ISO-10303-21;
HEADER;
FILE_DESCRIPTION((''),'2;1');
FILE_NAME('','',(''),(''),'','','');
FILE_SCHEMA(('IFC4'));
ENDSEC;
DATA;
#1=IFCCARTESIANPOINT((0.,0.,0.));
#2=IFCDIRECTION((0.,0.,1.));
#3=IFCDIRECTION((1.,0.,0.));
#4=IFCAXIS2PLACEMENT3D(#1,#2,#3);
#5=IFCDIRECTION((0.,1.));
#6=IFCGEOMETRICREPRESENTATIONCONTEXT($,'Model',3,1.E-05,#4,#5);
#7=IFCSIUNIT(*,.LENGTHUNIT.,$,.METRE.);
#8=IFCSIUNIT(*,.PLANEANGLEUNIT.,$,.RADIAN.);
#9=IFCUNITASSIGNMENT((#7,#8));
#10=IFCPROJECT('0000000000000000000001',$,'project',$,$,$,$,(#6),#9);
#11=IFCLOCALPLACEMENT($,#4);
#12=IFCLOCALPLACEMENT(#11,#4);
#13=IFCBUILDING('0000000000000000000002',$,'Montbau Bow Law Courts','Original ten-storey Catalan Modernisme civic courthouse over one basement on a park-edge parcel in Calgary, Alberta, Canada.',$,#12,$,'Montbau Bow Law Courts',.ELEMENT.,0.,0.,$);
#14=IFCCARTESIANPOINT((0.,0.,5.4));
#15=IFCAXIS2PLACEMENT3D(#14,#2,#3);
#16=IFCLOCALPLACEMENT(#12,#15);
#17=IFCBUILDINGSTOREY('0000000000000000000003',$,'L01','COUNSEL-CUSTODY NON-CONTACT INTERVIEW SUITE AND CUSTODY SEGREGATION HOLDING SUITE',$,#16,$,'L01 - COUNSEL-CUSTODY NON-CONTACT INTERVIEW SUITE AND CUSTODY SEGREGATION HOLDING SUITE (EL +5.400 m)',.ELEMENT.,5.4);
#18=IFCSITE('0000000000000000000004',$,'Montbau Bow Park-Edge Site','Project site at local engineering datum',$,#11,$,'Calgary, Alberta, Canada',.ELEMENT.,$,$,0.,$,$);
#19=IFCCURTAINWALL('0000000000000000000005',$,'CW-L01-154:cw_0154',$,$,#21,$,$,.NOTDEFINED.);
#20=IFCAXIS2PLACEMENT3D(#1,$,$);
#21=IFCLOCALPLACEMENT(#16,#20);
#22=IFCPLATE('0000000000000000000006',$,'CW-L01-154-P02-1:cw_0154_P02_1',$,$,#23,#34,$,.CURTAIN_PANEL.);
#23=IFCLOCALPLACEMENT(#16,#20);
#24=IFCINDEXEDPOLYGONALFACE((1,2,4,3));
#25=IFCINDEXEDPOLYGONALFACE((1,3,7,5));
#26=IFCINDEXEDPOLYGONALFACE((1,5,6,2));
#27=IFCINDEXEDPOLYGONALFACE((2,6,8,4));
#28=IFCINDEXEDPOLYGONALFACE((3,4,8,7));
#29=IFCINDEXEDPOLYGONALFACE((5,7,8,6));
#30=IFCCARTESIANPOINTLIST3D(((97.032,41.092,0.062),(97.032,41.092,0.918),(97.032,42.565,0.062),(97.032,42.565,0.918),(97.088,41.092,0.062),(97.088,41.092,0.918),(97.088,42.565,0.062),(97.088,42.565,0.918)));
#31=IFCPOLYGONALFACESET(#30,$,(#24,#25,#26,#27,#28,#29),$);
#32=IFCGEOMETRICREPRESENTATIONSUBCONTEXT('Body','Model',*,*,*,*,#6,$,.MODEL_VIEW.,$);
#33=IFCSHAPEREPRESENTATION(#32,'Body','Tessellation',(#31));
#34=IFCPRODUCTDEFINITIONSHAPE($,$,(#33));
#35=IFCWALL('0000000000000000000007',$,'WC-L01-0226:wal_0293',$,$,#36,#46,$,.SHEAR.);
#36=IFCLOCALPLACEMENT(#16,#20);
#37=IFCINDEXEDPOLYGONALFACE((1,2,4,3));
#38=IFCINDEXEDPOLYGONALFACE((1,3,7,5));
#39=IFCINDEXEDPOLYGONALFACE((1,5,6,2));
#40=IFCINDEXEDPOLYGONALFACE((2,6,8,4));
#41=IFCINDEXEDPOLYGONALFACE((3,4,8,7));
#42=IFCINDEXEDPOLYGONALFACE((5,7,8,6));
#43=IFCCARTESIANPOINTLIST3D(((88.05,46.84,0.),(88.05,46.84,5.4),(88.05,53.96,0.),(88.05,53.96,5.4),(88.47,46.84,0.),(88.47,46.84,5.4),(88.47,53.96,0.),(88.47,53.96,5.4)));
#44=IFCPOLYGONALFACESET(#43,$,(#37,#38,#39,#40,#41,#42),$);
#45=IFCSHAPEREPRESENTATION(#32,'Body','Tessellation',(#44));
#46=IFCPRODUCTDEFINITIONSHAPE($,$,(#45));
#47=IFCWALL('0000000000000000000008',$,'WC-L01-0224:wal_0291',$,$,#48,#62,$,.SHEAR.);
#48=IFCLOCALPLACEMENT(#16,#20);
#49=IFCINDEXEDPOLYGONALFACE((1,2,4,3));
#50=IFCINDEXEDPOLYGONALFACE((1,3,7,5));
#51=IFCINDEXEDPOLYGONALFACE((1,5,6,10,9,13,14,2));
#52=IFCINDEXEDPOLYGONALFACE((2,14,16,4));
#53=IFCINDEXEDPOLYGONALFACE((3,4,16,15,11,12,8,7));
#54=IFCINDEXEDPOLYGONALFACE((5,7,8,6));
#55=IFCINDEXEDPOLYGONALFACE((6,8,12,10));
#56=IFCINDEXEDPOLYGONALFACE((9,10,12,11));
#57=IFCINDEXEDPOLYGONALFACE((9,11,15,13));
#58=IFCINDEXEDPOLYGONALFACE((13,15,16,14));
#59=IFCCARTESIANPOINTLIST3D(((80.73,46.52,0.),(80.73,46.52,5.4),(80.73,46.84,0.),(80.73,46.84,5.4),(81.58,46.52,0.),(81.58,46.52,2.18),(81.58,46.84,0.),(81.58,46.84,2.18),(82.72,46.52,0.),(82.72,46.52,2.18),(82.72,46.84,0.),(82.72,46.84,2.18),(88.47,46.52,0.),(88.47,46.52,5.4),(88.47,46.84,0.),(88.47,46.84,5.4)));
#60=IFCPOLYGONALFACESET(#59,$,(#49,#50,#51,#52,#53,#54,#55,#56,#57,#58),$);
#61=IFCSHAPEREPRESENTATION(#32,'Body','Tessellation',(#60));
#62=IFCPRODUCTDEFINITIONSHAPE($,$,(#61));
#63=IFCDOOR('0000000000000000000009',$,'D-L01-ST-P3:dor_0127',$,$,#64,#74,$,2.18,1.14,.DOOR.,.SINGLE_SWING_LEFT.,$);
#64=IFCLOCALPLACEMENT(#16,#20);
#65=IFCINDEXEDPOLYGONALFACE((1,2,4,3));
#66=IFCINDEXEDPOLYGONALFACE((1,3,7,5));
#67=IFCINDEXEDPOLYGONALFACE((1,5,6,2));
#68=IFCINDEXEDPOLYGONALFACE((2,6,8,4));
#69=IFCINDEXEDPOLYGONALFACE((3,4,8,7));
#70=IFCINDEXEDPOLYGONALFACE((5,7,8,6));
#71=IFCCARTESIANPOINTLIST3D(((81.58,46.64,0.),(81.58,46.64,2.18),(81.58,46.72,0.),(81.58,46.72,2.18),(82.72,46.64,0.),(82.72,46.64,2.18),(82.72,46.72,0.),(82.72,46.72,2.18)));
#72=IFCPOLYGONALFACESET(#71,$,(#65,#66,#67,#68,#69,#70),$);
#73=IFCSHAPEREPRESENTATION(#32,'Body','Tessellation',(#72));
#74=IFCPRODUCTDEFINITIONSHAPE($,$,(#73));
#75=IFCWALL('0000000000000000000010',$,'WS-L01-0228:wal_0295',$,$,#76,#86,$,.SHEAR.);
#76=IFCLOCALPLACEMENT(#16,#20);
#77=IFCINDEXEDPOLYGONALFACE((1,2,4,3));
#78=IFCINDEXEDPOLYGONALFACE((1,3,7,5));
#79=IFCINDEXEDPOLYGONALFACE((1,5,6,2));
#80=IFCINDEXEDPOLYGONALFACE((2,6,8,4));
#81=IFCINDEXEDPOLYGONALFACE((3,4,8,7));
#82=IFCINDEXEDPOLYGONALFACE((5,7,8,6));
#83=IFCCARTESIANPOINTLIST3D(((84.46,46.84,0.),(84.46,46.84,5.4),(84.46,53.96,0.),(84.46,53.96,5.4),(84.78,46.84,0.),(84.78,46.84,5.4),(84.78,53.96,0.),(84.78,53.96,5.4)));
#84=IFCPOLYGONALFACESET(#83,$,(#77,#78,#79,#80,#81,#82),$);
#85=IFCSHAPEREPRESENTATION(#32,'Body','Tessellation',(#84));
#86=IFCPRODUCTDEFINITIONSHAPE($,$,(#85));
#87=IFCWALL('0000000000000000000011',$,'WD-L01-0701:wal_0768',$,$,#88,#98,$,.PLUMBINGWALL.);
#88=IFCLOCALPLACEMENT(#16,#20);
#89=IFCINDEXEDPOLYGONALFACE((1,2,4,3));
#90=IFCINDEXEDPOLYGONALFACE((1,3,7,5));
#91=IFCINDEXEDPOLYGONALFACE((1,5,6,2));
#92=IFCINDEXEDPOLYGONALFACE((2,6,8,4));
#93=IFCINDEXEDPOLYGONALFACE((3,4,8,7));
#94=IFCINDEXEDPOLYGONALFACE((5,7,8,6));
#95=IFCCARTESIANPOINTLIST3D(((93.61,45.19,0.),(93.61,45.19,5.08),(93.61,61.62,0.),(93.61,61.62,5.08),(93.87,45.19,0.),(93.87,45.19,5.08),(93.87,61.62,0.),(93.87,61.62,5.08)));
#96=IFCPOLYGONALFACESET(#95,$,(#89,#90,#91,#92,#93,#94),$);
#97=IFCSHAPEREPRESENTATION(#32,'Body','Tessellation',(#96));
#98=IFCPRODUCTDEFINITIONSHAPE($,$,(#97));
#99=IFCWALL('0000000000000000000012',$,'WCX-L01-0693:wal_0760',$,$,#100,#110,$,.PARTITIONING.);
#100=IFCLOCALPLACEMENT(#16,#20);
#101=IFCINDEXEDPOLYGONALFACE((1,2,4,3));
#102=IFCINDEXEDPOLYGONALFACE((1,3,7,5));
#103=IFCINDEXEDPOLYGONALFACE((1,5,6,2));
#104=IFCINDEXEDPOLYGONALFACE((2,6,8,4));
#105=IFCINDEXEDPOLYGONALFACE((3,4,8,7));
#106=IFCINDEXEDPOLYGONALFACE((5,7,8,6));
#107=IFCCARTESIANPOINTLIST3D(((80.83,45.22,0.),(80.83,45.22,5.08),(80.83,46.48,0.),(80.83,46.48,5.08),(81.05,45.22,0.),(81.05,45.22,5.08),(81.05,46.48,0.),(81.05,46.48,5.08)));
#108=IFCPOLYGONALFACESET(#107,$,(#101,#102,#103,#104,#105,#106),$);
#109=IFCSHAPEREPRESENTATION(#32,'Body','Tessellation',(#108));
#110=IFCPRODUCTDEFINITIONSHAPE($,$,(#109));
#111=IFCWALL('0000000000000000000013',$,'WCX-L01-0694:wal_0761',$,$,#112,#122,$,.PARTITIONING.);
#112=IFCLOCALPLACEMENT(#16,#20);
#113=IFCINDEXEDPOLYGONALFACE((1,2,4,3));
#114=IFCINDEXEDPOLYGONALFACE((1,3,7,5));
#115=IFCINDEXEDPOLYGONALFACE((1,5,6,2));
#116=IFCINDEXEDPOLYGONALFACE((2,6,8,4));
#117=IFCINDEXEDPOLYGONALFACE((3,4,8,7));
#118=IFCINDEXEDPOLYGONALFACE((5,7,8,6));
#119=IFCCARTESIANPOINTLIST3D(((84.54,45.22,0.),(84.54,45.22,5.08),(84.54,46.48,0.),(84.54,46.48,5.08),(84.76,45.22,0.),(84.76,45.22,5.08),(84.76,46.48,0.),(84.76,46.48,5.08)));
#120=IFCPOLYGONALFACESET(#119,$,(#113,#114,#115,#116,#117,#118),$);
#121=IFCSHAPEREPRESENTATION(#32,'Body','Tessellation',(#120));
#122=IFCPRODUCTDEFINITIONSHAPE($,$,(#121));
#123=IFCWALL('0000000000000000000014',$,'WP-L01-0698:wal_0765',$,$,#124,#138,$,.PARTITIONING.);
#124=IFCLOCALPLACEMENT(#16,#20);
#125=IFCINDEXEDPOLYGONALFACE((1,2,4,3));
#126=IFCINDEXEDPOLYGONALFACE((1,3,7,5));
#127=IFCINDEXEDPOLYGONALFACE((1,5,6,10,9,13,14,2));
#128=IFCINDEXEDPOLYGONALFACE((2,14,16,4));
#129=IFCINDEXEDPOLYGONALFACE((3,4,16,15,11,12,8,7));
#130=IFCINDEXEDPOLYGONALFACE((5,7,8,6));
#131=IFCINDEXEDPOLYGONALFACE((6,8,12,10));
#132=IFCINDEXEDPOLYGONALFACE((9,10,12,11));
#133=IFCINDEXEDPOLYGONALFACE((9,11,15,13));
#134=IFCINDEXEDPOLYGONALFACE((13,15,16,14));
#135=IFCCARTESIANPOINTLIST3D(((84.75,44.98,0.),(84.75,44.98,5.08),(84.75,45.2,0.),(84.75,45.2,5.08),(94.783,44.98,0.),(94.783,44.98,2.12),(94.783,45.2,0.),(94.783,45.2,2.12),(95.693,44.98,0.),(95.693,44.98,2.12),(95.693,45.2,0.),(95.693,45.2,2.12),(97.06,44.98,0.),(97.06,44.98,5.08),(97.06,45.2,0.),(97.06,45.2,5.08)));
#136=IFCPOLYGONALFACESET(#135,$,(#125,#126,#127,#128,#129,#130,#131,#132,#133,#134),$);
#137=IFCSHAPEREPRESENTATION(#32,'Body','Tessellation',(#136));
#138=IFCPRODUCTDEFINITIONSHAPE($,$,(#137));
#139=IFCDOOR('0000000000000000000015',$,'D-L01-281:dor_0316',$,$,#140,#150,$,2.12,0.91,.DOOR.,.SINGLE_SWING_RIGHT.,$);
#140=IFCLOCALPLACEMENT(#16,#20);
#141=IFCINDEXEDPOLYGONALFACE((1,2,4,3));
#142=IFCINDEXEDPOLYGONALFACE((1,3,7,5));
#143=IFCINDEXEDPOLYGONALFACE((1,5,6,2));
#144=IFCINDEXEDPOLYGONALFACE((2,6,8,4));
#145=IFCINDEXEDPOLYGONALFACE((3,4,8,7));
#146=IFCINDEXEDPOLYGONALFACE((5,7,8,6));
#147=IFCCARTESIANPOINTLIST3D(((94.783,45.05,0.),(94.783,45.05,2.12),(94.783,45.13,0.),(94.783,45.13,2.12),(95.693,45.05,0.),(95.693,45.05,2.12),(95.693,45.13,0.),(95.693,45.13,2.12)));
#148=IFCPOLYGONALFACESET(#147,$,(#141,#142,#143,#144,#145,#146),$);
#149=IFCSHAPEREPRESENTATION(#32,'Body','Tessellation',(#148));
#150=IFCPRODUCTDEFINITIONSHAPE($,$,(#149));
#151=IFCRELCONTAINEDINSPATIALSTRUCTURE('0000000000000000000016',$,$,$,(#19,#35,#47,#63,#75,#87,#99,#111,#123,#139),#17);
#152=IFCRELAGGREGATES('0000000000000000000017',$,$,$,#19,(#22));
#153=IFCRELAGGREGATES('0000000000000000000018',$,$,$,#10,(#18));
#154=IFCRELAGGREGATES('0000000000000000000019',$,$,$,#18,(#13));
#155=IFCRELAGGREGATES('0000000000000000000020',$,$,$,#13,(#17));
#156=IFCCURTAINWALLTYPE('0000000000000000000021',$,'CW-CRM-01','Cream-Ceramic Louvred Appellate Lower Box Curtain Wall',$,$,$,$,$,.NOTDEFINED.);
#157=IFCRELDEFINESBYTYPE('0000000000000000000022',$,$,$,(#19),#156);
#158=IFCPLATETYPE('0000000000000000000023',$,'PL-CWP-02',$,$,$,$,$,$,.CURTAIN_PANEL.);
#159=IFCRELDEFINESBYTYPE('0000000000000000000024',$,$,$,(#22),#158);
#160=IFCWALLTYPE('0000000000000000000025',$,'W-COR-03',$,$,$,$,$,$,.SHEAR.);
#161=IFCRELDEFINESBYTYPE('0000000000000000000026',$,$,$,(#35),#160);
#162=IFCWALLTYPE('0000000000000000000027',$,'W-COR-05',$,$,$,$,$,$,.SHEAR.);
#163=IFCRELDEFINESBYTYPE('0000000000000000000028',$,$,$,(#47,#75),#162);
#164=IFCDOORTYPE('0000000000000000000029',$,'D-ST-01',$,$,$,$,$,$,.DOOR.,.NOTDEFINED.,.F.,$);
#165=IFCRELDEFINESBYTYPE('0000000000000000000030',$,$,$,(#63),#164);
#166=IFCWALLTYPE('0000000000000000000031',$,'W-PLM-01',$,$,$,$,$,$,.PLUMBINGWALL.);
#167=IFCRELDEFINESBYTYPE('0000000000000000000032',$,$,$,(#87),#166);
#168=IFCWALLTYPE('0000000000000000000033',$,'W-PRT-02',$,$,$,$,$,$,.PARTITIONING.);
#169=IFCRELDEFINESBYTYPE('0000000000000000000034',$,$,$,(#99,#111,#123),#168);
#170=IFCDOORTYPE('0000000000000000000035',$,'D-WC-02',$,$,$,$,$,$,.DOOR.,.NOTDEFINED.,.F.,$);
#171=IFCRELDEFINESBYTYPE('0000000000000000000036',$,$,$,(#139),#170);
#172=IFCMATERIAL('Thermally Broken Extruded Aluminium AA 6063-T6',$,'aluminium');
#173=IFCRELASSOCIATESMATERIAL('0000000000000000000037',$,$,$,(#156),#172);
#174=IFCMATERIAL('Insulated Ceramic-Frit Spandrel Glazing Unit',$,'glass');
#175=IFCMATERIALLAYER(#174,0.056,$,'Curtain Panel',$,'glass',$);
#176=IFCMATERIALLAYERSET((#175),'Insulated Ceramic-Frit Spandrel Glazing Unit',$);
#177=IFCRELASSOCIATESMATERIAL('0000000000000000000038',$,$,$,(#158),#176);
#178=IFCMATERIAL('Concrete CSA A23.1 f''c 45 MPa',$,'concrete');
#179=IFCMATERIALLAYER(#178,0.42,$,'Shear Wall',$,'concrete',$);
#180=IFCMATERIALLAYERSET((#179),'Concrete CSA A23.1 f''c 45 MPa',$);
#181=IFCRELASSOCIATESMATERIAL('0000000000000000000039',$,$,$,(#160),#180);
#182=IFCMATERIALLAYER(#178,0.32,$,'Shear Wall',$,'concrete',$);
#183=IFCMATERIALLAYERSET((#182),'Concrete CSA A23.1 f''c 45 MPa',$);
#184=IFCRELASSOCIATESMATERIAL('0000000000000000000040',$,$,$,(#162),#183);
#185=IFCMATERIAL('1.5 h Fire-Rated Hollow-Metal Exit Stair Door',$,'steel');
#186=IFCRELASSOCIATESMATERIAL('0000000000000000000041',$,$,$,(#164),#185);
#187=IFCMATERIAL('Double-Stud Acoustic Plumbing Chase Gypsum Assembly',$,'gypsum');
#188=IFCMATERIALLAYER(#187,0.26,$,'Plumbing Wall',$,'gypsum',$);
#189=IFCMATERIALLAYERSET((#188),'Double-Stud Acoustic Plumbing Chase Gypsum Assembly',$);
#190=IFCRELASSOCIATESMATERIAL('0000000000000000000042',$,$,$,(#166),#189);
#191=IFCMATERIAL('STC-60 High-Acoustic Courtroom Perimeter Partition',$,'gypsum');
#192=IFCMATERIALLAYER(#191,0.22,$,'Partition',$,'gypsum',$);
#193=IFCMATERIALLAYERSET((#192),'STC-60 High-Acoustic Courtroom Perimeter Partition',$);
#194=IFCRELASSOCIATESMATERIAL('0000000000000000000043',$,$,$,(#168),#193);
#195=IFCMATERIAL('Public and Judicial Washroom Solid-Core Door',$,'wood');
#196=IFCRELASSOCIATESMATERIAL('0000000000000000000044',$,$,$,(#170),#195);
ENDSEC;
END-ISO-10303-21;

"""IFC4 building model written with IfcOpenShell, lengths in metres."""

from ifc_helpers import new_model, si_unit, direction, frame, frame_2d, origin_with_axes, place, context, subcontext, project, spatial, rectangle, extrude, material, layer, layer_set, type_object, element, fill, aggregate, save


model = new_model("IFC4")

# Units and contexts
model_context = context("Model", 3, precision=1e-05, world=origin_with_axes(), true_north=direction((0.0, 1.0)))
body_context = subcontext(model_context, "Body", "Model", "MODEL_VIEW")
ifc_project = project(units=[si_unit("LENGTHUNIT", "METRE"), si_unit("PLANEANGLEUNIT", "RADIAN")], contexts=[model_context])

# Site, building, storey
site_placement = place(None, origin_with_axes())
site = spatial("IfcSite", under=ifc_project, at=site_placement, Name="Montbau Bow Park-Edge Site", Description="Project site at local engineering datum", LongName="Calgary, Alberta, Canada", CompositionType="ELEMENT", RefElevation=0.0)
building_placement = place(site_placement, origin_with_axes())
building = spatial("IfcBuilding", under=site, at=building_placement, Name="Montbau Bow Law Courts", Description="Original ten-storey Catalan Modernisme civic courthouse over one basement on a park-edge parcel in Calgary, Alberta, Canada.", LongName="Montbau Bow Law Courts", CompositionType="ELEMENT", ElevationOfRefHeight=0.0, ElevationOfTerrain=0.0)
storey_placement = place(building_placement, frame((0.0, 0.0, 5.4), z_axis=(0.0, 0.0, 1.0), x_axis=(1.0, 0.0, 0.0)))
storey = spatial("IfcBuildingStorey", under=building, at=storey_placement, Name="L01", Description="COUNSEL-CUSTODY NON-CONTACT INTERVIEW SUITE AND CUSTODY SEGREGATION HOLDING SUITE", LongName="L01 - COUNSEL-CUSTODY NON-CONTACT INTERVIEW SUITE AND CUSTODY SEGREGATION HOLDING SUITE (EL +5.400 m)", CompositionType="ELEMENT", Elevation=5.4)

# Curtain wall, plate
ifc_material_1 = material(Name="Thermally Broken Extruded Aluminium AA 6063-T6", Category="aluminium")
curtain_wall_type = type_object("IfcCurtainWallType", Name="CW-CRM-01", Description="Cream-Ceramic Louvred Appellate Lower Box Curtain Wall", PredefinedType="NOTDEFINED", material=ifc_material_1)
curtain_wall_placement = place(None, frame((97.06, 39.515, 5.4), z_axis=(0.0, 0.0, 1.0), x_axis=(1.0, 0.0, 0.0)))
curtain_wall = element("IfcCurtainWall", 1, at=curtain_wall_placement, inside=storey, type_object=curtain_wall_type, Name="CW-L01-154:cw_0154", PredefinedType="NOTDEFINED")
ifc_material_2 = material(Name="Insulated Ceramic-Frit Spandrel Glazing Unit", Category="glass")
ifc_layer_1 = layer(ifc_material_2, 0.056, Name="Curtain Panel", Category="glass")
ifc_layer_set_1 = layer_set([ifc_layer_1], Name="Insulated Ceramic-Frit Spandrel Glazing Unit")
plate_type_1 = type_object("IfcPlateType", Name="PL-CWP-02", PredefinedType="CURTAIN_PANEL", material=ifc_layer_set_1)
plate_1_placement = place(None, frame((97.06, 41.092, 5.462), z_axis=(1.0, 0.0, 0.0), x_axis=(0.0, 1.0, 0.0)))
plate_1 = element("IfcPlate", 2, at=plate_1_placement, type_object=plate_type_1, Name="CW-L01-154-P02-1:cw_0154_P02_1", PredefinedType="CURTAIN_PANEL", context=body_context, shape_type="SweptSolid", body=[
    extrude(rectangle(XDim=1.473, YDim=0.856, at=frame_2d((0.7365, 0.428), x_axis=(1.0, 0.0))), frame((0.0, 0.0, -0.028), z_axis=(0.0, 0.0, 1.0), x_axis=(1.0, 0.0, 0.0)), (0.0, 0.0, 1.0), 0.056),
])
aggregate(curtain_wall, [plate_1])

# Wall
ifc_material_3 = material(Name="Concrete CSA A23.1 f'c 45 MPa", Category="concrete")
ifc_layer_2 = layer(ifc_material_3, 0.42, Name="Shear Wall", Category="concrete")
ifc_layer_set_2 = layer_set([ifc_layer_2], Name="Concrete CSA A23.1 f'c 45 MPa")
wall_type_1 = type_object("IfcWallType", Name="W-COR-03", PredefinedType="SHEAR", material=ifc_layer_set_2)
wall_1_placement = place(None, frame((88.26, 46.84, 5.4), z_axis=(0.0, 0.0, 1.0), x_axis=(0.0, 1.0, 0.0)))
element("IfcWall", 3, at=wall_1_placement, inside=storey, type_object=wall_type_1, Name="WC-L01-0226:wal_0293", PredefinedType="SHEAR", context=body_context, shape_type="SweptSolid", body=[
    extrude(rectangle(XDim=7.12, YDim=0.42, at=frame_2d((3.56, 0.0), x_axis=(1.0, 0.0))), origin_with_axes(), (0.0, 0.0, 1.0), 5.4),
])

# Wall, opening, door
ifc_layer_3 = layer(ifc_material_3, 0.32, Name="Shear Wall", Category="concrete")
ifc_layer_set_3 = layer_set([ifc_layer_3], Name="Concrete CSA A23.1 f'c 45 MPa")
wall_type_2 = type_object("IfcWallType", Name="W-COR-05", PredefinedType="SHEAR", material=ifc_layer_set_3)
wall_2_placement = place(None, frame((80.73, 46.68, 5.4), z_axis=(0.0, 0.0, 1.0), x_axis=(1.0, 0.0, 0.0)))
wall_2 = element("IfcWall", 4, at=wall_2_placement, inside=storey, type_object=wall_type_2, Name="WC-L01-0224:wal_0291", PredefinedType="SHEAR", context=body_context, shape_type="SweptSolid", body=[
    extrude(rectangle(XDim=7.74, YDim=0.32, at=frame_2d((3.87, 0.0), x_axis=(1.0, 0.0))), origin_with_axes(), (0.0, 0.0, 1.0), 5.4),
])
opening_1_placement = place(None, frame((82.15, 46.68, 5.4), z_axis=(0.0, 0.0, 1.0), x_axis=(1.0, 0.0, 0.0)))
opening_1 = element("IfcOpeningElement", 5, at=opening_1_placement, cuts=wall_2, PredefinedType="OPENING", context=body_context, shape_type="SweptSolid", body=[
    extrude(rectangle(XDim=1.14, YDim=2.18, at=frame_2d((0.0, 1.09), x_axis=(1.0, 0.0))), frame((0.0, 0.17, 0.0), z_axis=(0.0, -1.0, 0.0), x_axis=(1.0, 0.0, 0.0)), (0.0, 0.0, 1.0), 0.34),
])
ifc_material_4 = material(Name="1.5 h Fire-Rated Hollow-Metal Exit Stair Door", Category="steel")
door_type_1 = type_object("IfcDoorType", Name="D-ST-01", OperationType="NOTDEFINED", ParameterTakesPrecedence=False, PredefinedType="DOOR", material=ifc_material_4)
door_1_placement = place(None, frame((82.15, 46.68, 5.4), z_axis=(0.0, 0.0, 1.0), x_axis=(-1.0, 0.0, 0.0)))
door_1 = element("IfcDoor", 6, at=door_1_placement, inside=storey, type_object=door_type_1, Name="D-L01-ST-P3:dor_0127", OperationType="SINGLE_SWING_LEFT", OverallHeight=2.18, OverallWidth=1.14, PredefinedType="DOOR", context=body_context, shape_type="SweptSolid", body=[
    extrude(rectangle(XDim=1.14, YDim=2.18, at=frame_2d((0.0, 1.09), x_axis=(1.0, 0.0))), frame((0.0, 0.04, 0.0), z_axis=(0.0, -1.0, 0.0), x_axis=(1.0, 0.0, 0.0)), (0.0, 0.0, 1.0), 0.08),
])
fill(opening_1, door_1)

# Walls
wall_3_placement = place(None, frame((84.62, 46.84, 5.4), z_axis=(0.0, 0.0, 1.0), x_axis=(0.0, 1.0, 0.0)))
element("IfcWall", 7, at=wall_3_placement, inside=storey, type_object=wall_type_2, Name="WS-L01-0228:wal_0295", PredefinedType="SHEAR", context=body_context, shape_type="SweptSolid", body=[
    extrude(rectangle(XDim=7.12, YDim=0.32, at=frame_2d((3.56, 0.0), x_axis=(1.0, 0.0))), origin_with_axes(), (0.0, 0.0, 1.0), 5.4),
])
ifc_material_5 = material(Name="Double-Stud Acoustic Plumbing Chase Gypsum Assembly", Category="gypsum")
ifc_layer_4 = layer(ifc_material_5, 0.26, Name="Plumbing Wall", Category="gypsum")
ifc_layer_set_4 = layer_set([ifc_layer_4], Name="Double-Stud Acoustic Plumbing Chase Gypsum Assembly")
wall_type_3 = type_object("IfcWallType", Name="W-PLM-01", PredefinedType="PLUMBINGWALL", material=ifc_layer_set_4)
wall_4_placement = place(None, frame((93.74, 45.19, 5.4), z_axis=(0.0, 0.0, 1.0), x_axis=(0.0, 1.0, 0.0)))
element("IfcWall", 8, at=wall_4_placement, inside=storey, type_object=wall_type_3, Name="WD-L01-0701:wal_0768", PredefinedType="PLUMBINGWALL", context=body_context, shape_type="SweptSolid", body=[
    extrude(rectangle(XDim=16.43, YDim=0.26, at=frame_2d((8.215, 0.0), x_axis=(1.0, 0.0))), origin_with_axes(), (0.0, 0.0, 1.0), 5.08),
])
ifc_material_6 = material(Name="STC-60 High-Acoustic Courtroom Perimeter Partition", Category="gypsum")
ifc_layer_5 = layer(ifc_material_6, 0.22, Name="Partition", Category="gypsum")
ifc_layer_set_5 = layer_set([ifc_layer_5], Name="STC-60 High-Acoustic Courtroom Perimeter Partition")
wall_type_4 = type_object("IfcWallType", Name="W-PRT-02", PredefinedType="PARTITIONING", material=ifc_layer_set_5)
for number, where, z_axis, x_axis, name in (
    (9, (80.94, 45.22, 5.4), (0.0, 0.0, 1.0), (0.0, 1.0, 0.0), "WCX-L01-0693:wal_0760"),
    (10, (84.65, 45.22, 5.4), (0.0, 0.0, 1.0), (0.0, 1.0, 0.0), "WCX-L01-0694:wal_0761"),
):
    element("IfcWall", number, at=place(None, frame(where, z_axis=z_axis, x_axis=x_axis)), inside=storey, type_object=wall_type_4, Name=name, PredefinedType="PARTITIONING", context=body_context, shape_type="SweptSolid", body=[
        extrude(rectangle(XDim=1.26, YDim=0.22, at=frame_2d((0.63, 0.0), x_axis=(1.0, 0.0))), origin_with_axes(), (0.0, 0.0, 1.0), 5.08),
    ])

# Wall, opening, door
wall_5_placement = place(None, frame((84.75, 45.09, 5.4), z_axis=(0.0, 0.0, 1.0), x_axis=(1.0, 0.0, 0.0)))
wall_5 = element("IfcWall", 11, at=wall_5_placement, inside=storey, type_object=wall_type_4, Name="WP-L01-0698:wal_0765", PredefinedType="PARTITIONING", context=body_context, shape_type="SweptSolid", body=[
    extrude(rectangle(XDim=12.31, YDim=0.22, at=frame_2d((6.155, 0.0), x_axis=(1.0, 0.0))), origin_with_axes(), (0.0, 0.0, 1.0), 5.08),
])
opening_2_placement = place(None, frame((95.238, 45.09, 5.4), z_axis=(0.0, 0.0, 1.0), x_axis=(1.0, 0.0, 0.0)))
opening_2 = element("IfcOpeningElement", 12, at=opening_2_placement, cuts=wall_5, PredefinedType="OPENING", context=body_context, shape_type="SweptSolid", body=[
    extrude(rectangle(XDim=0.91, YDim=2.12, at=frame_2d((0.0, 1.06), x_axis=(1.0, 0.0))), frame((0.0, 0.12, 0.0), z_axis=(0.0, -1.0, 0.0), x_axis=(1.0, 0.0, 0.0)), (0.0, 0.0, 1.0), 0.24),
])
ifc_material_7 = material(Name="Public and Judicial Washroom Solid-Core Door", Category="wood")
door_type_2 = type_object("IfcDoorType", Name="D-WC-02", OperationType="NOTDEFINED", ParameterTakesPrecedence=False, PredefinedType="DOOR", material=ifc_material_7)
door_2_placement = place(None, frame((95.238, 45.09, 5.4), z_axis=(0.0, 0.0, 1.0), x_axis=(-1.0, 0.0, 0.0)))
door_2 = element("IfcDoor", 13, at=door_2_placement, inside=storey, type_object=door_type_2, Name="D-L01-281:dor_0316", OperationType="SINGLE_SWING_RIGHT", OverallHeight=2.12, OverallWidth=0.91, PredefinedType="DOOR", context=body_context, shape_type="SweptSolid", body=[
    extrude(rectangle(XDim=0.91, YDim=2.12, at=frame_2d((0.0, 1.06), x_axis=(1.0, 0.0))), frame((0.0, 0.04, 0.0), z_axis=(0.0, -1.0, 0.0), x_axis=(1.0, 0.0, 0.0)), (0.0, 0.0, 1.0), 0.08),
])
fill(opening_2, door_2)

save(model, "model.ifc")
